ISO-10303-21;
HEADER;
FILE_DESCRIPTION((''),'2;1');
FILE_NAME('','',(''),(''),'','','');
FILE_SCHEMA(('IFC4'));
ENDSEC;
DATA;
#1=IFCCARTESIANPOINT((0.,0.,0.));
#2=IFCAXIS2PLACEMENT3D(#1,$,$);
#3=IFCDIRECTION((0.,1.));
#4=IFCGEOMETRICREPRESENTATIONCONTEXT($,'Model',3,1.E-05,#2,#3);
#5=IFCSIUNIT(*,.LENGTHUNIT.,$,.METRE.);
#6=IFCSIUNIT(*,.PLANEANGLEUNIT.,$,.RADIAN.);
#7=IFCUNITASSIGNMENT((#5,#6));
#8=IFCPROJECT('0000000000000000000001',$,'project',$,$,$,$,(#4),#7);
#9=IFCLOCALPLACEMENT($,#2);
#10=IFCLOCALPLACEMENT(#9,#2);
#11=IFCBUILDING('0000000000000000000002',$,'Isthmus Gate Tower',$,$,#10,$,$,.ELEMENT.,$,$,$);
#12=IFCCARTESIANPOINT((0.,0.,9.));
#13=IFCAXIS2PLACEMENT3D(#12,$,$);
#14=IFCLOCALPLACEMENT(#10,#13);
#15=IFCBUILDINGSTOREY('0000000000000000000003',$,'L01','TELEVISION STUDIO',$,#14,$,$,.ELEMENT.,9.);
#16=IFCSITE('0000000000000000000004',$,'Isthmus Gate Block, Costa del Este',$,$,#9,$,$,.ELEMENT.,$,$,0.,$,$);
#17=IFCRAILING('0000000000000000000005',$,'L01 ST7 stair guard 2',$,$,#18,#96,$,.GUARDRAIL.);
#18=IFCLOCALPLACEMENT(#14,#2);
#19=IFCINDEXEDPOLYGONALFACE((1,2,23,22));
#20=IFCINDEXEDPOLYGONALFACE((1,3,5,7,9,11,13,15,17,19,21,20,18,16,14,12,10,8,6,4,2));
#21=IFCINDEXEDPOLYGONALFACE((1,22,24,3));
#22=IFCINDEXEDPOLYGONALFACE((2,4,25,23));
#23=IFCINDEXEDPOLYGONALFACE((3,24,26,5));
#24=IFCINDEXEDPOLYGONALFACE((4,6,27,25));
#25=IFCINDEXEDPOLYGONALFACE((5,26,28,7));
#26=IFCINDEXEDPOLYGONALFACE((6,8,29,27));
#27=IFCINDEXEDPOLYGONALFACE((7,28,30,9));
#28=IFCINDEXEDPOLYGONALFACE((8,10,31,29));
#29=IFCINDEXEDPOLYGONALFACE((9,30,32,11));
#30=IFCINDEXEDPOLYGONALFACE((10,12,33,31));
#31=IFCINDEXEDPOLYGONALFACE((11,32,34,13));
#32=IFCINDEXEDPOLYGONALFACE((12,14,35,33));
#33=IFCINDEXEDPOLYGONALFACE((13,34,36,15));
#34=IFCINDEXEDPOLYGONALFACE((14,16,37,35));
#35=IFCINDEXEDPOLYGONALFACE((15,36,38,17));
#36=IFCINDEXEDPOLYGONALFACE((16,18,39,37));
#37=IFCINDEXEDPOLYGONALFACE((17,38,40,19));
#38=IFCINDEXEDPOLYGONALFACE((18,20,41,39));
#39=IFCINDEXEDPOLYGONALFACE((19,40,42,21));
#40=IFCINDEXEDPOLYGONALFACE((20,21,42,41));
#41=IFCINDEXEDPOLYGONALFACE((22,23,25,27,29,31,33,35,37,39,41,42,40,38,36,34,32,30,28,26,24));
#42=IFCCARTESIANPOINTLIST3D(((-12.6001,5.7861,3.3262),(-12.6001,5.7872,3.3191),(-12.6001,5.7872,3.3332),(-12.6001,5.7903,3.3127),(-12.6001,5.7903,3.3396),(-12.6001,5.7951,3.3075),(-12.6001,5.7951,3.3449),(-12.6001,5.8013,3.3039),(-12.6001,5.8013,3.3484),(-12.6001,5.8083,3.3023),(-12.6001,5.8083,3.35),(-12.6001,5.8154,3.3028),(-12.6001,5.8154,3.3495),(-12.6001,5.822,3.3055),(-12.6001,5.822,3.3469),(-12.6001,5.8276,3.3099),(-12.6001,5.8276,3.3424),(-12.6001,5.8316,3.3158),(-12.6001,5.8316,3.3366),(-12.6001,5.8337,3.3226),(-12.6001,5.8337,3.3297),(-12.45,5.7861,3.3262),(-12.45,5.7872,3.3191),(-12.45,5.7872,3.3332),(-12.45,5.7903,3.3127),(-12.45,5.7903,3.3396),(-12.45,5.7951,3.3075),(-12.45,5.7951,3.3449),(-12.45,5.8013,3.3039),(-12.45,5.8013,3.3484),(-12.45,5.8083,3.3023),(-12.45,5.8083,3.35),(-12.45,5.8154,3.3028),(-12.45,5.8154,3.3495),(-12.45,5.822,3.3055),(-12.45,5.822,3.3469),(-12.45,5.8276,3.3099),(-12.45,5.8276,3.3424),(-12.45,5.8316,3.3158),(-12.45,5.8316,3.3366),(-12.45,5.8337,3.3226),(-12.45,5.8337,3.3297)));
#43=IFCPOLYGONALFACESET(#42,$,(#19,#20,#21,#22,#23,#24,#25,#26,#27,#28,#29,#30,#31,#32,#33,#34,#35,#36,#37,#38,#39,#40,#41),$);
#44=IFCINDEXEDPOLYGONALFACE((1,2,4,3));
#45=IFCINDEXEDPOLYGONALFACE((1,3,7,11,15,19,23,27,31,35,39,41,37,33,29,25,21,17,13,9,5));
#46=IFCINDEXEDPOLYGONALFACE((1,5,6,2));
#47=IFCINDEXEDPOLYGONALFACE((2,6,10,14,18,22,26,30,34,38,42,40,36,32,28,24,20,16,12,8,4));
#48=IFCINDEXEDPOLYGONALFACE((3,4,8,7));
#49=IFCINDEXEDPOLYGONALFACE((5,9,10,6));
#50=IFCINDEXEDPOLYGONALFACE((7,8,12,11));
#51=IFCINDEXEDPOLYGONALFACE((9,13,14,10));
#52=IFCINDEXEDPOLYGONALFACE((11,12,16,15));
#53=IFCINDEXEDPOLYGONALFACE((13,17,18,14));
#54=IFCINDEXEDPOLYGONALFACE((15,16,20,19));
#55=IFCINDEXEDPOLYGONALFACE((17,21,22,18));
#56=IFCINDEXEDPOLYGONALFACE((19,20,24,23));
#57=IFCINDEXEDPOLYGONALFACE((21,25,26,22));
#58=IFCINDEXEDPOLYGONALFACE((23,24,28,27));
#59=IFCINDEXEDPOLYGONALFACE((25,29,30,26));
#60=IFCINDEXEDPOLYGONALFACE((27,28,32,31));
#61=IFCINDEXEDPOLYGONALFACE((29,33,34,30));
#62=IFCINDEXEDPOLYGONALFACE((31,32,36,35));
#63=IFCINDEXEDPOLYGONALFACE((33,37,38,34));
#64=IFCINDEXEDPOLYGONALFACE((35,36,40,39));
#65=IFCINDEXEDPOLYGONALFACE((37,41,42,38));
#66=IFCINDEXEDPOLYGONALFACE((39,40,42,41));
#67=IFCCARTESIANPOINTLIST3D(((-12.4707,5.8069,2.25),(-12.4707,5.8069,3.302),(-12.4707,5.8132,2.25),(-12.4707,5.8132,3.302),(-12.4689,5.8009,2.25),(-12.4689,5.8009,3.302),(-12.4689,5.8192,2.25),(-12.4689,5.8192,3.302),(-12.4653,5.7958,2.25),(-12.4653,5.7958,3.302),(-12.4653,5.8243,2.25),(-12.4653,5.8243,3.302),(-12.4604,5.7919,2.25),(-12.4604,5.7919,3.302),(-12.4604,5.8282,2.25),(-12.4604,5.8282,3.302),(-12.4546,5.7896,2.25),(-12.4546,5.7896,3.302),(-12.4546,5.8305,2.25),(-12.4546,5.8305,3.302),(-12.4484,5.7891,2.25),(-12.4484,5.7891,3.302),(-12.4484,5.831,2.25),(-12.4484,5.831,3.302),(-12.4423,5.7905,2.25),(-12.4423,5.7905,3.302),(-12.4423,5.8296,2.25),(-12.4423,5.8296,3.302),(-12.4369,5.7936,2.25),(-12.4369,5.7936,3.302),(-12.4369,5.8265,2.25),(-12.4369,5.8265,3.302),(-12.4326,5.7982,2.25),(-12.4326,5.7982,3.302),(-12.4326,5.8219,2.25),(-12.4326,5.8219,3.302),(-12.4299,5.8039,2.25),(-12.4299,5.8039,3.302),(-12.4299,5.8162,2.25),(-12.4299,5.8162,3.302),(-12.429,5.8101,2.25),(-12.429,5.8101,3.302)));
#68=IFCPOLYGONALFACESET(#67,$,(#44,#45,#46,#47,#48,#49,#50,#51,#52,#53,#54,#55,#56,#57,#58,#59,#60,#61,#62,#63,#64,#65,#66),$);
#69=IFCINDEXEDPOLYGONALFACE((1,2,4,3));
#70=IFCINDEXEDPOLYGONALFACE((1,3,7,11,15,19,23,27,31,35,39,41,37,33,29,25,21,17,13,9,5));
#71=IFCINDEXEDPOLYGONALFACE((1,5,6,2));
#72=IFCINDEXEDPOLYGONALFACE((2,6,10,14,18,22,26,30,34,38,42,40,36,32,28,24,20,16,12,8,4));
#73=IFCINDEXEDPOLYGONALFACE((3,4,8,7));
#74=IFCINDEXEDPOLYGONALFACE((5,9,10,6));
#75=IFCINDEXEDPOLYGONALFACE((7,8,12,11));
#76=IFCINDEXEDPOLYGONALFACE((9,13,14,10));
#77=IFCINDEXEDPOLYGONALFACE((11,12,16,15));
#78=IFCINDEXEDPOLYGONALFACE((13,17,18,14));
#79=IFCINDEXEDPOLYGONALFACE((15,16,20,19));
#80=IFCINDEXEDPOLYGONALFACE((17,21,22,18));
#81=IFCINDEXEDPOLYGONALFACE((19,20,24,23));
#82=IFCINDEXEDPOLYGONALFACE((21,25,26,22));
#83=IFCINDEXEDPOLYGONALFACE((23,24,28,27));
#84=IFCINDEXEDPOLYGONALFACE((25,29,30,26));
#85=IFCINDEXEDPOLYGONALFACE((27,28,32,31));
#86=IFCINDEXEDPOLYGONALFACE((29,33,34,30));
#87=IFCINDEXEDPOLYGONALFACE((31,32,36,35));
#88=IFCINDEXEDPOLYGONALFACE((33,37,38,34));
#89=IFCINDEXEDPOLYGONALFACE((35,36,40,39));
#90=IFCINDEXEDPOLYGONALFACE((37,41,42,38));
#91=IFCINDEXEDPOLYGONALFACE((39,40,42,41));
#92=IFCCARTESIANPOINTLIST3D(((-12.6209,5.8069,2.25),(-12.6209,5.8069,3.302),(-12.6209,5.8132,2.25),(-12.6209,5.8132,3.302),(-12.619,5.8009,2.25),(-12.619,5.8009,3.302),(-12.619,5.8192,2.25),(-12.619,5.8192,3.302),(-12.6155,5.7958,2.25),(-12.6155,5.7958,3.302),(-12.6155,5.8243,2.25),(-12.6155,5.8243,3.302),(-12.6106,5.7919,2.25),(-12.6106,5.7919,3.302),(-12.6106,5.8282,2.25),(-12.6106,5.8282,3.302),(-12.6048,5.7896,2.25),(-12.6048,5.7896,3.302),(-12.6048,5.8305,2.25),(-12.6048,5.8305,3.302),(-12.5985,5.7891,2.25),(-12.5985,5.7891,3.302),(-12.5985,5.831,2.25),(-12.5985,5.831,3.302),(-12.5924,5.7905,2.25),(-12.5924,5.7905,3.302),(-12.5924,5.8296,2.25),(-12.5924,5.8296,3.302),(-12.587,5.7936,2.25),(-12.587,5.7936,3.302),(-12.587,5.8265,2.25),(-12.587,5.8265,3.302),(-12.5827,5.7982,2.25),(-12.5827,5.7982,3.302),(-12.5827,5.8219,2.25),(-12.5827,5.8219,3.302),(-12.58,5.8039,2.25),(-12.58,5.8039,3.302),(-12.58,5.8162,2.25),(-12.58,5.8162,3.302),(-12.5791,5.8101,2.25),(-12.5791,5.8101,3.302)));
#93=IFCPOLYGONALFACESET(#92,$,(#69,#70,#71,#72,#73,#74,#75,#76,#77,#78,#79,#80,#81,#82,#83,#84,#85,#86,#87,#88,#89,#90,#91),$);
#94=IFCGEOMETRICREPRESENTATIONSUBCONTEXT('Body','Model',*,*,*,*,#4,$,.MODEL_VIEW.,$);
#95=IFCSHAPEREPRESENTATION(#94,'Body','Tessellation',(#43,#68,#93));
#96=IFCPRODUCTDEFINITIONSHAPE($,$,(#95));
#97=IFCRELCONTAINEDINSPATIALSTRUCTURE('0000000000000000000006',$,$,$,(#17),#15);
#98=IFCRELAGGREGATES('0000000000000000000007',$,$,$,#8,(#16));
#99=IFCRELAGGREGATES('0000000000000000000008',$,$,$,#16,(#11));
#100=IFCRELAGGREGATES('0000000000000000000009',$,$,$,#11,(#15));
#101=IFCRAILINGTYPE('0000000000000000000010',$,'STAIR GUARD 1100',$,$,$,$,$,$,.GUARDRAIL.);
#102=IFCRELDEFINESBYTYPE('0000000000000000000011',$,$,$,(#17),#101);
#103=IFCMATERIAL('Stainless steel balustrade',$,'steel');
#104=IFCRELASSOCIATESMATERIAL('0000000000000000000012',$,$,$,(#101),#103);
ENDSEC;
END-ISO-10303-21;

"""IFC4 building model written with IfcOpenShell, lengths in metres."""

from ifc_helpers import new_model, si_unit, direction, frame, origin, origin_2d, place, context, subcontext, project, spatial, circle, extrude, material, type_object, element, save


model = new_model("IFC4")

# Units and contexts
model_context = context("Model", 3, precision=1e-05, world=origin(), true_north=direction((0.0, 1.0)))
body_context = subcontext(model_context, "Body", "Model", "MODEL_VIEW")
ifc_project = project(units=[si_unit("LENGTHUNIT", "METRE"), si_unit("PLANEANGLEUNIT", "RADIAN")], contexts=[model_context])

# Site, building, storey
site_placement = place(None, origin())
site = spatial("IfcSite", under=ifc_project, at=site_placement, Name="Isthmus Gate Block, Costa del Este", CompositionType="ELEMENT", RefElevation=0.0)
building_placement = place(site_placement, origin())
building = spatial("IfcBuilding", under=site, at=building_placement, Name="Isthmus Gate Tower", CompositionType="ELEMENT")
storey_placement = place(building_placement, frame((0.0, 0.0, 9.0)))
storey = spatial("IfcBuildingStorey", under=building, at=storey_placement, Name="L01", Description="TELEVISION STUDIO", CompositionType="ELEMENT", Elevation=9.0)

# Railing
ifc_material_1 = material(Name="Stainless steel balustrade", Category="steel")
railing_type_1 = type_object("IfcRailingType", Name="STAIR GUARD 1100", PredefinedType="GUARDRAIL", material=ifc_material_1)
railing_1_placement = place(storey_placement, frame((-12.45, 5.8101, 2.25)))
element("IfcRailing", 1, at=railing_1_placement, inside=storey, type_object=railing_type_1, Name="L01 ST7 stair guard 2", PredefinedType="GUARDRAIL", context=body_context, shape_type="SweptSolid", body=[
    extrude(circle(Radius=0.0239, at=origin_2d()), frame((0.0, 0.0, 1.0762), z_axis=(-1.0, 0.0, 0.0), x_axis=(0.0, -1.0, 0.0)), (0.0, 0.0, 1.0), 0.1501),
    extrude(circle(Radius=0.021, at=origin_2d()), origin(), (0.0, 0.0, 1.0), 1.052),
    extrude(circle(Radius=0.021, at=origin_2d()), frame((-0.1501, 0.0, 0.0)), (0.0, 0.0, 1.0), 1.052),
])

save(model, "model.ifc")
